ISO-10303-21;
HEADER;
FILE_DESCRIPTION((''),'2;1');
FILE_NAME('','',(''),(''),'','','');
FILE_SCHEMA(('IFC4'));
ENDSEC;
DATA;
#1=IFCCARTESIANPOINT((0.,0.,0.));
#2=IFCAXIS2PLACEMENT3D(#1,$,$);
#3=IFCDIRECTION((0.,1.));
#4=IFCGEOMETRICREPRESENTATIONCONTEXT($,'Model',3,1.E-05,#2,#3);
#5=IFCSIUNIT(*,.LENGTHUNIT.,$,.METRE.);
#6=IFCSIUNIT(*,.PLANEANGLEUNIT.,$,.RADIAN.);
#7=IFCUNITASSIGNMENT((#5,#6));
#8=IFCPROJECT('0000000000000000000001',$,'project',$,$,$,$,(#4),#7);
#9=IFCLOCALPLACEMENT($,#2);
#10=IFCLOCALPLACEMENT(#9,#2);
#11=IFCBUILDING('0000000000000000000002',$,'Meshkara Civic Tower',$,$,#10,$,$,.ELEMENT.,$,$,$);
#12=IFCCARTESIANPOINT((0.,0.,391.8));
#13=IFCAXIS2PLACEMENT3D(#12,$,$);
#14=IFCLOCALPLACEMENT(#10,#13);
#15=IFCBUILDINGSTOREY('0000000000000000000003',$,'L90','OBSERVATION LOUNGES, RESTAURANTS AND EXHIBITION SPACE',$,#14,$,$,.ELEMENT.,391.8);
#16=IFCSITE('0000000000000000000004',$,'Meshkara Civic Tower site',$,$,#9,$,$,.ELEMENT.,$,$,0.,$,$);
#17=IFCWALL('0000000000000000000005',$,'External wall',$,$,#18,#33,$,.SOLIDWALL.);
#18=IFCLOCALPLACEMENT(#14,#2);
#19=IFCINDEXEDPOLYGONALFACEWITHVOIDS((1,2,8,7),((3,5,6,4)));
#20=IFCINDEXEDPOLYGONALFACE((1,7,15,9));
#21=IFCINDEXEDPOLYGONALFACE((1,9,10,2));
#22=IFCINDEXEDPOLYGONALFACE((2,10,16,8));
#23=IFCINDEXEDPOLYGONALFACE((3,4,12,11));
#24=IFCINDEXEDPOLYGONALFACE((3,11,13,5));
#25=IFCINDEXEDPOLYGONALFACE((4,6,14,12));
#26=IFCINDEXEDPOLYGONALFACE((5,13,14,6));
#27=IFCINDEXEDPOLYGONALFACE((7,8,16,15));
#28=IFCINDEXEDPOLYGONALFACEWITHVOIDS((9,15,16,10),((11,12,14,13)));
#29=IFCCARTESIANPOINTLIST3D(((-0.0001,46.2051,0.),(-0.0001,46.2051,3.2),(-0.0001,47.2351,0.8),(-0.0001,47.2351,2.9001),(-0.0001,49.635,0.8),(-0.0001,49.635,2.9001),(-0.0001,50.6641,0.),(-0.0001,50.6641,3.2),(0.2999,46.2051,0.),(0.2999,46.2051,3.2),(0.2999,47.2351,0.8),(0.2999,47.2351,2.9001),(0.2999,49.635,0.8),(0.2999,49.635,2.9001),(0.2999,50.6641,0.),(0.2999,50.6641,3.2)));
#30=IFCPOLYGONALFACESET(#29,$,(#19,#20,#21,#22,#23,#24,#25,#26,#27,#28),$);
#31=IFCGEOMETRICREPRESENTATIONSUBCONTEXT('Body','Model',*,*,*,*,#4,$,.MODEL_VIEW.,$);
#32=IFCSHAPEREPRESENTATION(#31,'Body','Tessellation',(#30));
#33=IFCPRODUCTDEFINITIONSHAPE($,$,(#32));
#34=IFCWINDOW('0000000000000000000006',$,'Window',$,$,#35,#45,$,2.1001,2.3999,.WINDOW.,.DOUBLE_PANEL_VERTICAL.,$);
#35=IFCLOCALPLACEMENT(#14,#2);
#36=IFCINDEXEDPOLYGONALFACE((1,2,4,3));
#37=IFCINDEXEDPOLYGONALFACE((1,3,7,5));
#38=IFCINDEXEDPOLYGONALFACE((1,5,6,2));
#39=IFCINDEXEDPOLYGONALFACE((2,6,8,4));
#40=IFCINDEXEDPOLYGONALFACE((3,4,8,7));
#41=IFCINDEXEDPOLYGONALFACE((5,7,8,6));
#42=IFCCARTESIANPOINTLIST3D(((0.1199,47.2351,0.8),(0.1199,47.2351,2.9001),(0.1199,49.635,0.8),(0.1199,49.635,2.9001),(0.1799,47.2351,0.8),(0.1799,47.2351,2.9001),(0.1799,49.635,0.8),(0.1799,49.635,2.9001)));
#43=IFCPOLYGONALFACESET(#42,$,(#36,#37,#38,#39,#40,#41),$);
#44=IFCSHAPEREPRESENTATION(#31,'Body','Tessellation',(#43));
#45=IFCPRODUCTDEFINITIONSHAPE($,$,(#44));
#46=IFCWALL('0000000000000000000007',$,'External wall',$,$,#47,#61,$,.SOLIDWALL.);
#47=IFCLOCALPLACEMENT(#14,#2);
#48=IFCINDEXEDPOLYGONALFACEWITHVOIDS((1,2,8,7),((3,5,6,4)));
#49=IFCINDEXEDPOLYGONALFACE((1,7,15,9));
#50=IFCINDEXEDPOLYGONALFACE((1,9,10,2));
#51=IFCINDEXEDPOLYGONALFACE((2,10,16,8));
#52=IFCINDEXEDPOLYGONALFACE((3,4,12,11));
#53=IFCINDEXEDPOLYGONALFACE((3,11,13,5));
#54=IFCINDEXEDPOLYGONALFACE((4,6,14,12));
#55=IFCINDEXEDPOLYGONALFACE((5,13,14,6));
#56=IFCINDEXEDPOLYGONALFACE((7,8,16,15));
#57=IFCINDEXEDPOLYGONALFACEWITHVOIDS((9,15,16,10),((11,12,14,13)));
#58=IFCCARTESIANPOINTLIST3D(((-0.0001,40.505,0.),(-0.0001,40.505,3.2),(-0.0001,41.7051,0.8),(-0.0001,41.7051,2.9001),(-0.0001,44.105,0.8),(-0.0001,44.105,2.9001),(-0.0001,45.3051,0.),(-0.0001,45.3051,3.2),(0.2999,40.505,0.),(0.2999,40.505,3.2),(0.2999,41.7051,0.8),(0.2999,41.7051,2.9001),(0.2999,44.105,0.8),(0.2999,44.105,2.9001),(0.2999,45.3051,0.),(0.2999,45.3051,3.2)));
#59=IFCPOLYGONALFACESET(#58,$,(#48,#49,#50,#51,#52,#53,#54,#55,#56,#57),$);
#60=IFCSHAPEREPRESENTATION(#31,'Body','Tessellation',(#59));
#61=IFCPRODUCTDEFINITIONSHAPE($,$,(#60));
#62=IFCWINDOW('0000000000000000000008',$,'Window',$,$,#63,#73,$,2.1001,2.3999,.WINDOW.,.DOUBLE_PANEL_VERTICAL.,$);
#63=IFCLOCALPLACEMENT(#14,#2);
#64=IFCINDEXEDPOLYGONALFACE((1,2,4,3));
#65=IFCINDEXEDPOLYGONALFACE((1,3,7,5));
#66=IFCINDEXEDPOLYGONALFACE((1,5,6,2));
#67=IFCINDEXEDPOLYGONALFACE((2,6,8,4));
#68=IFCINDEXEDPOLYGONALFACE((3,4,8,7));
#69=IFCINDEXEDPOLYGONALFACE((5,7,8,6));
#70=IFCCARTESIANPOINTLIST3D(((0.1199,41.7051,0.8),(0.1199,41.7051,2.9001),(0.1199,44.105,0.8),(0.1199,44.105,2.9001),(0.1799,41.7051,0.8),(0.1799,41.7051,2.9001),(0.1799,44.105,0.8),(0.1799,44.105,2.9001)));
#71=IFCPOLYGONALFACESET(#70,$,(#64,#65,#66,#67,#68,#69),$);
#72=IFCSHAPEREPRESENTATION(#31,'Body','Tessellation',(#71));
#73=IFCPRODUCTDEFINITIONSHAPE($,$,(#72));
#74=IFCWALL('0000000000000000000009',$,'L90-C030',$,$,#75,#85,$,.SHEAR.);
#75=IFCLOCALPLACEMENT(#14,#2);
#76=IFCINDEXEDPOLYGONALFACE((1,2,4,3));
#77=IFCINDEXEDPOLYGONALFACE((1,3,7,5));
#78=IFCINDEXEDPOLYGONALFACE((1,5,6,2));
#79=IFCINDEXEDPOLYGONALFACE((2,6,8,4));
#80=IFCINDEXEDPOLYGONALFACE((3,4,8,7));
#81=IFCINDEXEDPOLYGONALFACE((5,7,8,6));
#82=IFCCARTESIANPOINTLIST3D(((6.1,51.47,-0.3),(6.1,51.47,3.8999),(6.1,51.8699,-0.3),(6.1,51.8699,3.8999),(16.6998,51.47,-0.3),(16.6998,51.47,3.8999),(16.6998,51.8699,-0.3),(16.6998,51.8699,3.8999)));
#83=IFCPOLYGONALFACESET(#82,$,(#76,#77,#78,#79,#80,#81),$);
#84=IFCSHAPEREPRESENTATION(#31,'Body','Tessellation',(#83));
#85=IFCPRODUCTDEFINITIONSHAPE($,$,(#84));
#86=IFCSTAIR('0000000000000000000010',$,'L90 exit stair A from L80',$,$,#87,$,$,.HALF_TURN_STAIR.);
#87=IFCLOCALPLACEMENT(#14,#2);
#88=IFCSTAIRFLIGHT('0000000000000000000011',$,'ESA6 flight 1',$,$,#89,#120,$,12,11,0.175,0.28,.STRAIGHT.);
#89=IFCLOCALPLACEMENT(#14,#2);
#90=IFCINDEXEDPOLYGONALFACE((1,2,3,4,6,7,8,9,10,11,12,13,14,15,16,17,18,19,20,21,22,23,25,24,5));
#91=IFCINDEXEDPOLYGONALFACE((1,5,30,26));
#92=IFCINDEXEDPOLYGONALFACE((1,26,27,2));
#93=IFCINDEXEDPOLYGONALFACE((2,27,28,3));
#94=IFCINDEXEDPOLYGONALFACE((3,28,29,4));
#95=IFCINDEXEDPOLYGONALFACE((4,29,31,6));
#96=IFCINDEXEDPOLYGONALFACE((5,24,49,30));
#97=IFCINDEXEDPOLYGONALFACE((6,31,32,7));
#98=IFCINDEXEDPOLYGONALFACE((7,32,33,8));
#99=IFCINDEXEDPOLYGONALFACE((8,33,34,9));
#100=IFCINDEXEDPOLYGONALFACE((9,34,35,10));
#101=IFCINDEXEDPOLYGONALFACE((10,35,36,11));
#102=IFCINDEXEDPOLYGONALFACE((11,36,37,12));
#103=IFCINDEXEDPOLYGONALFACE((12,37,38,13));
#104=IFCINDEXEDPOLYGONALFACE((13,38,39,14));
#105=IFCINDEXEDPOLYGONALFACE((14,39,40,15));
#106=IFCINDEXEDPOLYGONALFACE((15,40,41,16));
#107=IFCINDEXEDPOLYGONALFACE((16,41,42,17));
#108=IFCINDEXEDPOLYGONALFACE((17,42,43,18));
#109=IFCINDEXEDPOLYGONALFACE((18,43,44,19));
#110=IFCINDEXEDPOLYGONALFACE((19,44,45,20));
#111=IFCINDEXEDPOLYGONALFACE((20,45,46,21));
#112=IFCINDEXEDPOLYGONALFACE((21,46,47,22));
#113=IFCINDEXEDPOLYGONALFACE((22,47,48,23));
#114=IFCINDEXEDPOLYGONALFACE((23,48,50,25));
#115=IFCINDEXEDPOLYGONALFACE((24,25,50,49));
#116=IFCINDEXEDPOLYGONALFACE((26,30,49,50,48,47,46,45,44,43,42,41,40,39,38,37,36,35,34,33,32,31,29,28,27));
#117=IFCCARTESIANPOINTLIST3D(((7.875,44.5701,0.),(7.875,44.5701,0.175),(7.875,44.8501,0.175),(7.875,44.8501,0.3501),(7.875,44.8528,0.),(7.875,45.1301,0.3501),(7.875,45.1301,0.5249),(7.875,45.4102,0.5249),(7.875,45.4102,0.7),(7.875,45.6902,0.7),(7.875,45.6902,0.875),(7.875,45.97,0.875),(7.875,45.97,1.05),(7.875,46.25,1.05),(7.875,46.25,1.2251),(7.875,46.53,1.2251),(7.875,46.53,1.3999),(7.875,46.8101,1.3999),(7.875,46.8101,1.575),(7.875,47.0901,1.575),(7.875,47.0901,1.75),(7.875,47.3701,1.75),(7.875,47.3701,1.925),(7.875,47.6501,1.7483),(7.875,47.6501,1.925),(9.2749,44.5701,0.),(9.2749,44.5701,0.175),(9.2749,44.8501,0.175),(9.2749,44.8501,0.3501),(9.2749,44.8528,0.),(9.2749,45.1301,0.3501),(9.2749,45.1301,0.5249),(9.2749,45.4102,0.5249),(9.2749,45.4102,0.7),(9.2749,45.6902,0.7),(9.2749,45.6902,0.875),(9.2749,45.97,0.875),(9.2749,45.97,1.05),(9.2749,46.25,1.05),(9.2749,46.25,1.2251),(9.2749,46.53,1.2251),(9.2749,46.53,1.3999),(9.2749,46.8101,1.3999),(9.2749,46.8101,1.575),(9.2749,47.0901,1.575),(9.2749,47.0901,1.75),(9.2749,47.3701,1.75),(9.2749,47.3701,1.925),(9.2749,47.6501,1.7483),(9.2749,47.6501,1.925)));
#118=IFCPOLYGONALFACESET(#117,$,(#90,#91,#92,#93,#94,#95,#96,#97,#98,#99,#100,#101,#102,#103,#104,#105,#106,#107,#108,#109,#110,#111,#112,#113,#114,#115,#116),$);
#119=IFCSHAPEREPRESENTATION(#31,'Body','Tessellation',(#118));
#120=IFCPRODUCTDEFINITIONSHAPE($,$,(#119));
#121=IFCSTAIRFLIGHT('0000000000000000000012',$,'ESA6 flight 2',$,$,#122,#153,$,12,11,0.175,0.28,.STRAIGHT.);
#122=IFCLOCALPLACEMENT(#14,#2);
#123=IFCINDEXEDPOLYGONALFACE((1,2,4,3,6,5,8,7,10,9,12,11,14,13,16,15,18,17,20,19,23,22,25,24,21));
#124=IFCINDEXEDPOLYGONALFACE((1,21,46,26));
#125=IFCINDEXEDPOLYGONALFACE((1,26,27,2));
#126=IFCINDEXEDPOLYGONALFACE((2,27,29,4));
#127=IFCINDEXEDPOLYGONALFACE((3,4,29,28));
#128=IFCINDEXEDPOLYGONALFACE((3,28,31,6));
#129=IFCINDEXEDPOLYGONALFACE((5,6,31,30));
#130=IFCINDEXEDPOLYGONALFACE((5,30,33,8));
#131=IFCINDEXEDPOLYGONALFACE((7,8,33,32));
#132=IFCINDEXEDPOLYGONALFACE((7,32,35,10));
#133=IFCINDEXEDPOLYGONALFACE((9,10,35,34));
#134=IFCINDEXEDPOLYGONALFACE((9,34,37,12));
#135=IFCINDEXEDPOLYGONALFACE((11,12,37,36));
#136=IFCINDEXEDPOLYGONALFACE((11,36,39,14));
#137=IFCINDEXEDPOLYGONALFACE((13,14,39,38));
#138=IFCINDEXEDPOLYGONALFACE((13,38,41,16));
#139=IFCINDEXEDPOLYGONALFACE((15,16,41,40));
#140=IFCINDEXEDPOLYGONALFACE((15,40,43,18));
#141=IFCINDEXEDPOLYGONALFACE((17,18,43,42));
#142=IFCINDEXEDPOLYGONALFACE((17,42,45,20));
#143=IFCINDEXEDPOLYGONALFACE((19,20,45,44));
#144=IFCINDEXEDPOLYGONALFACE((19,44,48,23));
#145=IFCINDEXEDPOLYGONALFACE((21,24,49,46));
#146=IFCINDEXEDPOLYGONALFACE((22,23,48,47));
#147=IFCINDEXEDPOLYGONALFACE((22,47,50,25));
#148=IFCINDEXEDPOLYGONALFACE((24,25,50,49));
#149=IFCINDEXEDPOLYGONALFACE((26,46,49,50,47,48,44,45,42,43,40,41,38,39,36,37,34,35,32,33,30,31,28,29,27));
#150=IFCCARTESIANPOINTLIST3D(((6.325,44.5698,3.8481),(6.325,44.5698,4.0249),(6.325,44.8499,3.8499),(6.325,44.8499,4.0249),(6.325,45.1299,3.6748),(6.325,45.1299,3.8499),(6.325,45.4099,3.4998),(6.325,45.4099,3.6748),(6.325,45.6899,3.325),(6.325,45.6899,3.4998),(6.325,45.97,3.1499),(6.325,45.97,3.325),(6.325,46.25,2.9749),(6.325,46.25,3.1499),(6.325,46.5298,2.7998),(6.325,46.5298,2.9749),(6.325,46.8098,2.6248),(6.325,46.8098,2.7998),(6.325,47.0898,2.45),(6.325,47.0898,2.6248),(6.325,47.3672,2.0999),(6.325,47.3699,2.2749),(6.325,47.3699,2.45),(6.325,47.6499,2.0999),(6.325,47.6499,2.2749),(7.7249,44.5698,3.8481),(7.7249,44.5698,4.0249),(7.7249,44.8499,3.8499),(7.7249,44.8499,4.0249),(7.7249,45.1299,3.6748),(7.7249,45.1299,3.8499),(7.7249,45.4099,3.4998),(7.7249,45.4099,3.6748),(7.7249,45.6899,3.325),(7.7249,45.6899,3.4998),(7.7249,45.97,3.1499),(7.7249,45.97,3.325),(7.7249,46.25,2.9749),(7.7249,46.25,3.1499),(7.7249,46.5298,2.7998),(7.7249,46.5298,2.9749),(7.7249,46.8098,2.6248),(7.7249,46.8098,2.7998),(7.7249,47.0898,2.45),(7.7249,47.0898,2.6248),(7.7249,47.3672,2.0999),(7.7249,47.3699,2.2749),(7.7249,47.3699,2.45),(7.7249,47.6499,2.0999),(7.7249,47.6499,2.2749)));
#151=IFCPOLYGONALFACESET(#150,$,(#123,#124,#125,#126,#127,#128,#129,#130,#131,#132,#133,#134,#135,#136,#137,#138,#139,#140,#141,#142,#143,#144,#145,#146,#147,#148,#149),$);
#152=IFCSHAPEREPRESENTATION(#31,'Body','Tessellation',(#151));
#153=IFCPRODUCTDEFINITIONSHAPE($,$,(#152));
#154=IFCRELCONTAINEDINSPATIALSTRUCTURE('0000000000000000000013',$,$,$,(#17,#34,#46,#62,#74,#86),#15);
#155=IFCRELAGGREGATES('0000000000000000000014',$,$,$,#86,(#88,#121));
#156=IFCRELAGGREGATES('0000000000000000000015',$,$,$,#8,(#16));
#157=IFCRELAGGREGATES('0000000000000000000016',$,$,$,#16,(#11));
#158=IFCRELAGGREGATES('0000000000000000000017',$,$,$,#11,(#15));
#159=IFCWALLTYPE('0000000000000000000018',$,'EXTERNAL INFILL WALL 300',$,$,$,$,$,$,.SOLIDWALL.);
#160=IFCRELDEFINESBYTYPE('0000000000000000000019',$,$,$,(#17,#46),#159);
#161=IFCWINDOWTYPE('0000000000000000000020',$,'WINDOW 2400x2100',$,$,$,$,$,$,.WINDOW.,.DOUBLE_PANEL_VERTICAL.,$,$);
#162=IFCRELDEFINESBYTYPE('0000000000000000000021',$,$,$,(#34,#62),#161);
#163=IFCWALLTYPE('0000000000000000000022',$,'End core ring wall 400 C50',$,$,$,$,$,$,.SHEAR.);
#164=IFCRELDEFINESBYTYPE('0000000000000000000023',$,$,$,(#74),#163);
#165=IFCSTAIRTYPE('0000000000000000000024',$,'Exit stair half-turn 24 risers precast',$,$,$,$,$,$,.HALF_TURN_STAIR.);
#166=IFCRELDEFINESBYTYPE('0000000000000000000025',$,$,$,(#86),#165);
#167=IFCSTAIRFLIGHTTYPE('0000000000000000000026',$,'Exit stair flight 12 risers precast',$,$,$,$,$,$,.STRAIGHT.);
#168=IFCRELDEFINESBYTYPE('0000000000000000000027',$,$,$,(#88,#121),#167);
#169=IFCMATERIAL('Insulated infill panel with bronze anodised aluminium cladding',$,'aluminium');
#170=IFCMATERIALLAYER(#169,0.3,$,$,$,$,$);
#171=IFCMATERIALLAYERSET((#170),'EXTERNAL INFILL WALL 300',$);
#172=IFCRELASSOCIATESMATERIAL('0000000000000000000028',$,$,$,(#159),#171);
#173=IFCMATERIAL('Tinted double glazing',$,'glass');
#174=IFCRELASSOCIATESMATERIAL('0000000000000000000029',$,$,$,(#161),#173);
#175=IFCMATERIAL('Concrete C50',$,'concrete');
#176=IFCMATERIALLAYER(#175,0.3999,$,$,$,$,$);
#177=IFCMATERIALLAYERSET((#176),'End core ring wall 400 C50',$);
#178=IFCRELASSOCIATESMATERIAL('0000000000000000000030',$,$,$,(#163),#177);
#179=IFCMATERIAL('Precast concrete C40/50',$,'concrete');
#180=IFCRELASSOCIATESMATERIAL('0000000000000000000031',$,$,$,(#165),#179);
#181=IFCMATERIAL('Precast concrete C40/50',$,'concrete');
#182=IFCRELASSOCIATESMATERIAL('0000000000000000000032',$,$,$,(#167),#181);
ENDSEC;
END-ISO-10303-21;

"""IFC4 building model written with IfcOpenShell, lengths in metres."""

from ifc_helpers import new_model, si_unit, direction, frame, frame_2d, origin, place, context, subcontext, project, spatial, polyline, rectangle, outline, extrude, material, layer, layer_set, type_object, element, fill, aggregate, save


model = new_model("IFC4")

# Units and contexts
model_context = context("Model", 3, precision=1e-05, world=origin(), true_north=direction((0.0, 1.0)))
body_context = subcontext(model_context, "Body", "Model", "MODEL_VIEW")
ifc_project = project(units=[si_unit("LENGTHUNIT", "METRE"), si_unit("PLANEANGLEUNIT", "RADIAN")], contexts=[model_context])

# Site, building, storey
site_placement = place(None, origin())
site = spatial("IfcSite", under=ifc_project, at=site_placement, Name="Meshkara Civic Tower site", CompositionType="ELEMENT", RefElevation=0.0)
building_placement = place(site_placement, origin())
building = spatial("IfcBuilding", under=site, at=building_placement, Name="Meshkara Civic Tower", CompositionType="ELEMENT")
storey_placement = place(building_placement, frame((0.0, 0.0, 391.8)))
storey = spatial("IfcBuildingStorey", under=building, at=storey_placement, Name="L90", Description="OBSERVATION LOUNGES, RESTAURANTS AND EXHIBITION SPACE", CompositionType="ELEMENT", Elevation=391.8)

# Walls, openings, windows
ifc_material_1 = material(Name="Insulated infill panel with bronze anodised aluminium cladding", Category="aluminium")
ifc_layer_1 = layer(ifc_material_1, 0.3)
ifc_layer_set_1 = layer_set([ifc_layer_1], Name="EXTERNAL INFILL WALL 300")
wall_type_1 = type_object("IfcWallType", Name="EXTERNAL INFILL WALL 300", PredefinedType="SOLIDWALL", material=ifc_layer_set_1)
ifc_material_2 = material(Name="Tinted double glazing", Category="glass")
window_type = type_object("IfcWindowType", Name="WINDOW 2400x2100", PartitioningType="DOUBLE_PANEL_VERTICAL", PredefinedType="WINDOW", material=ifc_material_2)
wall_1_placement = place(storey_placement, frame((0.1499, 50.6641, 0.0), z_axis=(0.0, 0.0, 1.0), x_axis=(0.0, -1.0, 0.0)))
wall_1 = element("IfcWall", 1, at=wall_1_placement, inside=storey, type_object=wall_type_1, Name="External wall", PredefinedType="SOLIDWALL", context=body_context, shape_type="SweptSolid", body=[
    extrude(rectangle(XDim=4.459, YDim=0.3, at=frame_2d((2.2295, 0.0))), origin(), (0.0, 0.0, 1.0), 3.2),
])
opening_1_placement = place(wall_1_placement, frame((1.0291, 0.0, 0.8)))
opening_1 = element("IfcOpeningElement", 2, at=opening_1_placement, cuts=wall_1, PredefinedType="OPENING", context=body_context, shape_type="SweptSolid", body=[
    extrude(rectangle(XDim=2.3999, YDim=2.1001, at=frame_2d((1.2, 1.05))), frame((0.0, 0.1599, 0.0), z_axis=(0.0, -1.0, 0.0), x_axis=(1.0, 0.0, 0.0)), (0.0, 0.0, 1.0), 0.3201),
])
window_1_placement = place(opening_1_placement, origin())
window_1 = element("IfcWindow", 3, at=window_1_placement, inside=storey, type_object=window_type, Name="Window", OverallHeight=2.1001, OverallWidth=2.3999, PartitioningType="DOUBLE_PANEL_VERTICAL", PredefinedType="WINDOW", context=body_context, shape_type="SweptSolid", body=[
    extrude(rectangle(XDim=2.3999, YDim=2.1001, at=frame_2d((1.2, 1.05))), frame((0.0, 0.03, 0.0), z_axis=(0.0, -1.0, 0.0), x_axis=(1.0, 0.0, 0.0)), (0.0, 0.0, 1.0), 0.0601),
])
fill(opening_1, window_1)
wall_2_placement = place(storey_placement, frame((0.1499, 45.3049, 0.0), z_axis=(0.0, 0.0, 1.0), x_axis=(0.0, -1.0, 0.0)))
wall_2 = element("IfcWall", 4, at=wall_2_placement, inside=storey, type_object=wall_type_1, Name="External wall", PredefinedType="SOLIDWALL", context=body_context, shape_type="SweptSolid", body=[
    extrude(rectangle(XDim=4.8, YDim=0.3, at=frame_2d((2.3999, 0.0))), origin(), (0.0, 0.0, 1.0), 3.2),
])
opening_2_placement = place(wall_2_placement, frame((1.2, 0.0, 0.8)))
opening_2 = element("IfcOpeningElement", 5, at=opening_2_placement, cuts=wall_2, PredefinedType="OPENING", context=body_context, shape_type="SweptSolid", body=[
    extrude(rectangle(XDim=2.3999, YDim=2.1001, at=frame_2d((1.2, 1.05))), frame((0.0, 0.1599, 0.0), z_axis=(0.0, -1.0, 0.0), x_axis=(1.0, 0.0, 0.0)), (0.0, 0.0, 1.0), 0.3201),
])
window_2_placement = place(opening_2_placement, origin())
window_2 = element("IfcWindow", 6, at=window_2_placement, inside=storey, type_object=window_type, Name="Window", OverallHeight=2.1001, OverallWidth=2.3999, PartitioningType="DOUBLE_PANEL_VERTICAL", PredefinedType="WINDOW", context=body_context, shape_type="SweptSolid", body=[
    extrude(rectangle(XDim=2.3999, YDim=2.1001, at=frame_2d((1.2, 1.05))), frame((0.0, 0.03, 0.0), z_axis=(0.0, -1.0, 0.0), x_axis=(1.0, 0.0, 0.0)), (0.0, 0.0, 1.0), 0.0601),
])
fill(opening_2, window_2)

# Wall
ifc_material_3 = material(Name="Concrete C50", Category="concrete")
ifc_layer_2 = layer(ifc_material_3, 0.3999)
ifc_layer_set_2 = layer_set([ifc_layer_2], Name="End core ring wall 400 C50")
wall_type_2 = type_object("IfcWallType", Name="End core ring wall 400 C50", PredefinedType="SHEAR", material=ifc_layer_set_2)
wall_3_placement = place(storey_placement, frame((6.1001, 51.6699, -0.3), z_axis=(0.0, 0.0, 1.0), x_axis=(1.0, 0.0, 0.0)))
element("IfcWall", 7, at=wall_3_placement, inside=storey, type_object=wall_type_2, Name="L90-C030", PredefinedType="SHEAR", context=body_context, shape_type="SweptSolid", body=[
    extrude(rectangle(XDim=10.5999, YDim=0.3999, at=frame_2d((5.2998, 0.0))), origin(), (0.0, 0.0, 1.0), 4.2),
])

# Stair, stair flights
ifc_material_4 = material(Name="Precast concrete C40/50", Category="concrete")
stair_type = type_object("IfcStairType", Name="Exit stair half-turn 24 risers precast", PredefinedType="HALF_TURN_STAIR", material=ifc_material_4)
stair_placement = place(storey_placement, origin())
stair = element("IfcStair", 8, at=stair_placement, inside=storey, type_object=stair_type, Name="L90 exit stair A from L80", PredefinedType="HALF_TURN_STAIR")
ifc_material_5 = material(Name="Precast concrete C40/50", Category="concrete")
stair_flight_type = type_object("IfcStairFlightType", Name="Exit stair flight 12 risers precast", PredefinedType="STRAIGHT", material=ifc_material_5)
stair_flight_1_placement = place(storey_placement, frame((8.575, 44.5701, 0.0), z_axis=(0.0, 0.0, 1.0), x_axis=(0.0, 1.0, 0.0)))
stair_flight_1 = element("IfcStairFlight", 9, at=stair_flight_1_placement, type_object=stair_flight_type, Name="ESA6 flight 1", NumberOfRisers=12, NumberOfTreads=11, PredefinedType="STRAIGHT", RiserHeight=0.175, TreadLength=0.28, context=body_context, shape_type="SweptSolid", body=[
    extrude(outline(polyline([(0.0, 0.0), (0.0, 0.175), (0.28, 0.175), (0.28, 0.3501), (0.5601, 0.3501), (0.5601, 0.5249), (0.8401, 0.5249), (0.8401, 0.7), (1.1201, 0.7), (1.1201, 0.875), (1.3999, 0.875), (1.3999, 1.05), (1.6799, 1.05), (1.6799, 1.2251), (1.96, 1.2251), (1.96, 1.3999), (2.24, 1.3999), (2.24, 1.575), (2.52, 1.575), (2.52, 1.75), (2.8, 1.75), (2.8, 1.925), (3.0801, 1.925), (3.0801, 2.1001), (3.0801, 1.7483), (0.2827, 0.0), (0.0, 0.0)])), frame((0.0, 0.7, 0.0), z_axis=(0.0, -1.0, 0.0), x_axis=(1.0, 0.0, 0.0)), (0.0, 0.0, 1.0), 1.3999),
])
stair_flight_2_placement = place(storey_placement, frame((7.0249, 47.6499, 2.0999), z_axis=(0.0, 0.0, 1.0), x_axis=(0.0, -1.0, 0.0)))
stair_flight_2 = element("IfcStairFlight", 10, at=stair_flight_2_placement, type_object=stair_flight_type, Name="ESA6 flight 2", NumberOfRisers=12, NumberOfTreads=11, PredefinedType="STRAIGHT", RiserHeight=0.175, TreadLength=0.28, context=body_context, shape_type="SweptSolid", body=[
    extrude(outline(polyline([(0.0, 0.0), (0.0, 0.175), (0.28, 0.175), (0.28, 0.3501), (0.5601, 0.3501), (0.5601, 0.5249), (0.8401, 0.5249), (0.8401, 0.7), (1.1201, 0.7), (1.1201, 0.875), (1.3999, 0.875), (1.3999, 1.05), (1.6799, 1.05), (1.6799, 1.2251), (1.96, 1.2251), (1.96, 1.3999), (2.24, 1.3999), (2.24, 1.575), (2.52, 1.575), (2.52, 1.75), (2.8, 1.75), (2.8, 1.925), (3.0801, 1.925), (3.0801, 2.1001), (3.0801, 1.7483), (0.2827, 0.0), (0.0, 0.0)])), frame((0.0, 0.7, 0.0), z_axis=(0.0, -1.0, 0.0), x_axis=(1.0, 0.0, 0.0)), (0.0, 0.0, 1.0), 1.3999),
])
aggregate(stair, [stair_flight_1, stair_flight_2])

save(model, "model.ifc")
